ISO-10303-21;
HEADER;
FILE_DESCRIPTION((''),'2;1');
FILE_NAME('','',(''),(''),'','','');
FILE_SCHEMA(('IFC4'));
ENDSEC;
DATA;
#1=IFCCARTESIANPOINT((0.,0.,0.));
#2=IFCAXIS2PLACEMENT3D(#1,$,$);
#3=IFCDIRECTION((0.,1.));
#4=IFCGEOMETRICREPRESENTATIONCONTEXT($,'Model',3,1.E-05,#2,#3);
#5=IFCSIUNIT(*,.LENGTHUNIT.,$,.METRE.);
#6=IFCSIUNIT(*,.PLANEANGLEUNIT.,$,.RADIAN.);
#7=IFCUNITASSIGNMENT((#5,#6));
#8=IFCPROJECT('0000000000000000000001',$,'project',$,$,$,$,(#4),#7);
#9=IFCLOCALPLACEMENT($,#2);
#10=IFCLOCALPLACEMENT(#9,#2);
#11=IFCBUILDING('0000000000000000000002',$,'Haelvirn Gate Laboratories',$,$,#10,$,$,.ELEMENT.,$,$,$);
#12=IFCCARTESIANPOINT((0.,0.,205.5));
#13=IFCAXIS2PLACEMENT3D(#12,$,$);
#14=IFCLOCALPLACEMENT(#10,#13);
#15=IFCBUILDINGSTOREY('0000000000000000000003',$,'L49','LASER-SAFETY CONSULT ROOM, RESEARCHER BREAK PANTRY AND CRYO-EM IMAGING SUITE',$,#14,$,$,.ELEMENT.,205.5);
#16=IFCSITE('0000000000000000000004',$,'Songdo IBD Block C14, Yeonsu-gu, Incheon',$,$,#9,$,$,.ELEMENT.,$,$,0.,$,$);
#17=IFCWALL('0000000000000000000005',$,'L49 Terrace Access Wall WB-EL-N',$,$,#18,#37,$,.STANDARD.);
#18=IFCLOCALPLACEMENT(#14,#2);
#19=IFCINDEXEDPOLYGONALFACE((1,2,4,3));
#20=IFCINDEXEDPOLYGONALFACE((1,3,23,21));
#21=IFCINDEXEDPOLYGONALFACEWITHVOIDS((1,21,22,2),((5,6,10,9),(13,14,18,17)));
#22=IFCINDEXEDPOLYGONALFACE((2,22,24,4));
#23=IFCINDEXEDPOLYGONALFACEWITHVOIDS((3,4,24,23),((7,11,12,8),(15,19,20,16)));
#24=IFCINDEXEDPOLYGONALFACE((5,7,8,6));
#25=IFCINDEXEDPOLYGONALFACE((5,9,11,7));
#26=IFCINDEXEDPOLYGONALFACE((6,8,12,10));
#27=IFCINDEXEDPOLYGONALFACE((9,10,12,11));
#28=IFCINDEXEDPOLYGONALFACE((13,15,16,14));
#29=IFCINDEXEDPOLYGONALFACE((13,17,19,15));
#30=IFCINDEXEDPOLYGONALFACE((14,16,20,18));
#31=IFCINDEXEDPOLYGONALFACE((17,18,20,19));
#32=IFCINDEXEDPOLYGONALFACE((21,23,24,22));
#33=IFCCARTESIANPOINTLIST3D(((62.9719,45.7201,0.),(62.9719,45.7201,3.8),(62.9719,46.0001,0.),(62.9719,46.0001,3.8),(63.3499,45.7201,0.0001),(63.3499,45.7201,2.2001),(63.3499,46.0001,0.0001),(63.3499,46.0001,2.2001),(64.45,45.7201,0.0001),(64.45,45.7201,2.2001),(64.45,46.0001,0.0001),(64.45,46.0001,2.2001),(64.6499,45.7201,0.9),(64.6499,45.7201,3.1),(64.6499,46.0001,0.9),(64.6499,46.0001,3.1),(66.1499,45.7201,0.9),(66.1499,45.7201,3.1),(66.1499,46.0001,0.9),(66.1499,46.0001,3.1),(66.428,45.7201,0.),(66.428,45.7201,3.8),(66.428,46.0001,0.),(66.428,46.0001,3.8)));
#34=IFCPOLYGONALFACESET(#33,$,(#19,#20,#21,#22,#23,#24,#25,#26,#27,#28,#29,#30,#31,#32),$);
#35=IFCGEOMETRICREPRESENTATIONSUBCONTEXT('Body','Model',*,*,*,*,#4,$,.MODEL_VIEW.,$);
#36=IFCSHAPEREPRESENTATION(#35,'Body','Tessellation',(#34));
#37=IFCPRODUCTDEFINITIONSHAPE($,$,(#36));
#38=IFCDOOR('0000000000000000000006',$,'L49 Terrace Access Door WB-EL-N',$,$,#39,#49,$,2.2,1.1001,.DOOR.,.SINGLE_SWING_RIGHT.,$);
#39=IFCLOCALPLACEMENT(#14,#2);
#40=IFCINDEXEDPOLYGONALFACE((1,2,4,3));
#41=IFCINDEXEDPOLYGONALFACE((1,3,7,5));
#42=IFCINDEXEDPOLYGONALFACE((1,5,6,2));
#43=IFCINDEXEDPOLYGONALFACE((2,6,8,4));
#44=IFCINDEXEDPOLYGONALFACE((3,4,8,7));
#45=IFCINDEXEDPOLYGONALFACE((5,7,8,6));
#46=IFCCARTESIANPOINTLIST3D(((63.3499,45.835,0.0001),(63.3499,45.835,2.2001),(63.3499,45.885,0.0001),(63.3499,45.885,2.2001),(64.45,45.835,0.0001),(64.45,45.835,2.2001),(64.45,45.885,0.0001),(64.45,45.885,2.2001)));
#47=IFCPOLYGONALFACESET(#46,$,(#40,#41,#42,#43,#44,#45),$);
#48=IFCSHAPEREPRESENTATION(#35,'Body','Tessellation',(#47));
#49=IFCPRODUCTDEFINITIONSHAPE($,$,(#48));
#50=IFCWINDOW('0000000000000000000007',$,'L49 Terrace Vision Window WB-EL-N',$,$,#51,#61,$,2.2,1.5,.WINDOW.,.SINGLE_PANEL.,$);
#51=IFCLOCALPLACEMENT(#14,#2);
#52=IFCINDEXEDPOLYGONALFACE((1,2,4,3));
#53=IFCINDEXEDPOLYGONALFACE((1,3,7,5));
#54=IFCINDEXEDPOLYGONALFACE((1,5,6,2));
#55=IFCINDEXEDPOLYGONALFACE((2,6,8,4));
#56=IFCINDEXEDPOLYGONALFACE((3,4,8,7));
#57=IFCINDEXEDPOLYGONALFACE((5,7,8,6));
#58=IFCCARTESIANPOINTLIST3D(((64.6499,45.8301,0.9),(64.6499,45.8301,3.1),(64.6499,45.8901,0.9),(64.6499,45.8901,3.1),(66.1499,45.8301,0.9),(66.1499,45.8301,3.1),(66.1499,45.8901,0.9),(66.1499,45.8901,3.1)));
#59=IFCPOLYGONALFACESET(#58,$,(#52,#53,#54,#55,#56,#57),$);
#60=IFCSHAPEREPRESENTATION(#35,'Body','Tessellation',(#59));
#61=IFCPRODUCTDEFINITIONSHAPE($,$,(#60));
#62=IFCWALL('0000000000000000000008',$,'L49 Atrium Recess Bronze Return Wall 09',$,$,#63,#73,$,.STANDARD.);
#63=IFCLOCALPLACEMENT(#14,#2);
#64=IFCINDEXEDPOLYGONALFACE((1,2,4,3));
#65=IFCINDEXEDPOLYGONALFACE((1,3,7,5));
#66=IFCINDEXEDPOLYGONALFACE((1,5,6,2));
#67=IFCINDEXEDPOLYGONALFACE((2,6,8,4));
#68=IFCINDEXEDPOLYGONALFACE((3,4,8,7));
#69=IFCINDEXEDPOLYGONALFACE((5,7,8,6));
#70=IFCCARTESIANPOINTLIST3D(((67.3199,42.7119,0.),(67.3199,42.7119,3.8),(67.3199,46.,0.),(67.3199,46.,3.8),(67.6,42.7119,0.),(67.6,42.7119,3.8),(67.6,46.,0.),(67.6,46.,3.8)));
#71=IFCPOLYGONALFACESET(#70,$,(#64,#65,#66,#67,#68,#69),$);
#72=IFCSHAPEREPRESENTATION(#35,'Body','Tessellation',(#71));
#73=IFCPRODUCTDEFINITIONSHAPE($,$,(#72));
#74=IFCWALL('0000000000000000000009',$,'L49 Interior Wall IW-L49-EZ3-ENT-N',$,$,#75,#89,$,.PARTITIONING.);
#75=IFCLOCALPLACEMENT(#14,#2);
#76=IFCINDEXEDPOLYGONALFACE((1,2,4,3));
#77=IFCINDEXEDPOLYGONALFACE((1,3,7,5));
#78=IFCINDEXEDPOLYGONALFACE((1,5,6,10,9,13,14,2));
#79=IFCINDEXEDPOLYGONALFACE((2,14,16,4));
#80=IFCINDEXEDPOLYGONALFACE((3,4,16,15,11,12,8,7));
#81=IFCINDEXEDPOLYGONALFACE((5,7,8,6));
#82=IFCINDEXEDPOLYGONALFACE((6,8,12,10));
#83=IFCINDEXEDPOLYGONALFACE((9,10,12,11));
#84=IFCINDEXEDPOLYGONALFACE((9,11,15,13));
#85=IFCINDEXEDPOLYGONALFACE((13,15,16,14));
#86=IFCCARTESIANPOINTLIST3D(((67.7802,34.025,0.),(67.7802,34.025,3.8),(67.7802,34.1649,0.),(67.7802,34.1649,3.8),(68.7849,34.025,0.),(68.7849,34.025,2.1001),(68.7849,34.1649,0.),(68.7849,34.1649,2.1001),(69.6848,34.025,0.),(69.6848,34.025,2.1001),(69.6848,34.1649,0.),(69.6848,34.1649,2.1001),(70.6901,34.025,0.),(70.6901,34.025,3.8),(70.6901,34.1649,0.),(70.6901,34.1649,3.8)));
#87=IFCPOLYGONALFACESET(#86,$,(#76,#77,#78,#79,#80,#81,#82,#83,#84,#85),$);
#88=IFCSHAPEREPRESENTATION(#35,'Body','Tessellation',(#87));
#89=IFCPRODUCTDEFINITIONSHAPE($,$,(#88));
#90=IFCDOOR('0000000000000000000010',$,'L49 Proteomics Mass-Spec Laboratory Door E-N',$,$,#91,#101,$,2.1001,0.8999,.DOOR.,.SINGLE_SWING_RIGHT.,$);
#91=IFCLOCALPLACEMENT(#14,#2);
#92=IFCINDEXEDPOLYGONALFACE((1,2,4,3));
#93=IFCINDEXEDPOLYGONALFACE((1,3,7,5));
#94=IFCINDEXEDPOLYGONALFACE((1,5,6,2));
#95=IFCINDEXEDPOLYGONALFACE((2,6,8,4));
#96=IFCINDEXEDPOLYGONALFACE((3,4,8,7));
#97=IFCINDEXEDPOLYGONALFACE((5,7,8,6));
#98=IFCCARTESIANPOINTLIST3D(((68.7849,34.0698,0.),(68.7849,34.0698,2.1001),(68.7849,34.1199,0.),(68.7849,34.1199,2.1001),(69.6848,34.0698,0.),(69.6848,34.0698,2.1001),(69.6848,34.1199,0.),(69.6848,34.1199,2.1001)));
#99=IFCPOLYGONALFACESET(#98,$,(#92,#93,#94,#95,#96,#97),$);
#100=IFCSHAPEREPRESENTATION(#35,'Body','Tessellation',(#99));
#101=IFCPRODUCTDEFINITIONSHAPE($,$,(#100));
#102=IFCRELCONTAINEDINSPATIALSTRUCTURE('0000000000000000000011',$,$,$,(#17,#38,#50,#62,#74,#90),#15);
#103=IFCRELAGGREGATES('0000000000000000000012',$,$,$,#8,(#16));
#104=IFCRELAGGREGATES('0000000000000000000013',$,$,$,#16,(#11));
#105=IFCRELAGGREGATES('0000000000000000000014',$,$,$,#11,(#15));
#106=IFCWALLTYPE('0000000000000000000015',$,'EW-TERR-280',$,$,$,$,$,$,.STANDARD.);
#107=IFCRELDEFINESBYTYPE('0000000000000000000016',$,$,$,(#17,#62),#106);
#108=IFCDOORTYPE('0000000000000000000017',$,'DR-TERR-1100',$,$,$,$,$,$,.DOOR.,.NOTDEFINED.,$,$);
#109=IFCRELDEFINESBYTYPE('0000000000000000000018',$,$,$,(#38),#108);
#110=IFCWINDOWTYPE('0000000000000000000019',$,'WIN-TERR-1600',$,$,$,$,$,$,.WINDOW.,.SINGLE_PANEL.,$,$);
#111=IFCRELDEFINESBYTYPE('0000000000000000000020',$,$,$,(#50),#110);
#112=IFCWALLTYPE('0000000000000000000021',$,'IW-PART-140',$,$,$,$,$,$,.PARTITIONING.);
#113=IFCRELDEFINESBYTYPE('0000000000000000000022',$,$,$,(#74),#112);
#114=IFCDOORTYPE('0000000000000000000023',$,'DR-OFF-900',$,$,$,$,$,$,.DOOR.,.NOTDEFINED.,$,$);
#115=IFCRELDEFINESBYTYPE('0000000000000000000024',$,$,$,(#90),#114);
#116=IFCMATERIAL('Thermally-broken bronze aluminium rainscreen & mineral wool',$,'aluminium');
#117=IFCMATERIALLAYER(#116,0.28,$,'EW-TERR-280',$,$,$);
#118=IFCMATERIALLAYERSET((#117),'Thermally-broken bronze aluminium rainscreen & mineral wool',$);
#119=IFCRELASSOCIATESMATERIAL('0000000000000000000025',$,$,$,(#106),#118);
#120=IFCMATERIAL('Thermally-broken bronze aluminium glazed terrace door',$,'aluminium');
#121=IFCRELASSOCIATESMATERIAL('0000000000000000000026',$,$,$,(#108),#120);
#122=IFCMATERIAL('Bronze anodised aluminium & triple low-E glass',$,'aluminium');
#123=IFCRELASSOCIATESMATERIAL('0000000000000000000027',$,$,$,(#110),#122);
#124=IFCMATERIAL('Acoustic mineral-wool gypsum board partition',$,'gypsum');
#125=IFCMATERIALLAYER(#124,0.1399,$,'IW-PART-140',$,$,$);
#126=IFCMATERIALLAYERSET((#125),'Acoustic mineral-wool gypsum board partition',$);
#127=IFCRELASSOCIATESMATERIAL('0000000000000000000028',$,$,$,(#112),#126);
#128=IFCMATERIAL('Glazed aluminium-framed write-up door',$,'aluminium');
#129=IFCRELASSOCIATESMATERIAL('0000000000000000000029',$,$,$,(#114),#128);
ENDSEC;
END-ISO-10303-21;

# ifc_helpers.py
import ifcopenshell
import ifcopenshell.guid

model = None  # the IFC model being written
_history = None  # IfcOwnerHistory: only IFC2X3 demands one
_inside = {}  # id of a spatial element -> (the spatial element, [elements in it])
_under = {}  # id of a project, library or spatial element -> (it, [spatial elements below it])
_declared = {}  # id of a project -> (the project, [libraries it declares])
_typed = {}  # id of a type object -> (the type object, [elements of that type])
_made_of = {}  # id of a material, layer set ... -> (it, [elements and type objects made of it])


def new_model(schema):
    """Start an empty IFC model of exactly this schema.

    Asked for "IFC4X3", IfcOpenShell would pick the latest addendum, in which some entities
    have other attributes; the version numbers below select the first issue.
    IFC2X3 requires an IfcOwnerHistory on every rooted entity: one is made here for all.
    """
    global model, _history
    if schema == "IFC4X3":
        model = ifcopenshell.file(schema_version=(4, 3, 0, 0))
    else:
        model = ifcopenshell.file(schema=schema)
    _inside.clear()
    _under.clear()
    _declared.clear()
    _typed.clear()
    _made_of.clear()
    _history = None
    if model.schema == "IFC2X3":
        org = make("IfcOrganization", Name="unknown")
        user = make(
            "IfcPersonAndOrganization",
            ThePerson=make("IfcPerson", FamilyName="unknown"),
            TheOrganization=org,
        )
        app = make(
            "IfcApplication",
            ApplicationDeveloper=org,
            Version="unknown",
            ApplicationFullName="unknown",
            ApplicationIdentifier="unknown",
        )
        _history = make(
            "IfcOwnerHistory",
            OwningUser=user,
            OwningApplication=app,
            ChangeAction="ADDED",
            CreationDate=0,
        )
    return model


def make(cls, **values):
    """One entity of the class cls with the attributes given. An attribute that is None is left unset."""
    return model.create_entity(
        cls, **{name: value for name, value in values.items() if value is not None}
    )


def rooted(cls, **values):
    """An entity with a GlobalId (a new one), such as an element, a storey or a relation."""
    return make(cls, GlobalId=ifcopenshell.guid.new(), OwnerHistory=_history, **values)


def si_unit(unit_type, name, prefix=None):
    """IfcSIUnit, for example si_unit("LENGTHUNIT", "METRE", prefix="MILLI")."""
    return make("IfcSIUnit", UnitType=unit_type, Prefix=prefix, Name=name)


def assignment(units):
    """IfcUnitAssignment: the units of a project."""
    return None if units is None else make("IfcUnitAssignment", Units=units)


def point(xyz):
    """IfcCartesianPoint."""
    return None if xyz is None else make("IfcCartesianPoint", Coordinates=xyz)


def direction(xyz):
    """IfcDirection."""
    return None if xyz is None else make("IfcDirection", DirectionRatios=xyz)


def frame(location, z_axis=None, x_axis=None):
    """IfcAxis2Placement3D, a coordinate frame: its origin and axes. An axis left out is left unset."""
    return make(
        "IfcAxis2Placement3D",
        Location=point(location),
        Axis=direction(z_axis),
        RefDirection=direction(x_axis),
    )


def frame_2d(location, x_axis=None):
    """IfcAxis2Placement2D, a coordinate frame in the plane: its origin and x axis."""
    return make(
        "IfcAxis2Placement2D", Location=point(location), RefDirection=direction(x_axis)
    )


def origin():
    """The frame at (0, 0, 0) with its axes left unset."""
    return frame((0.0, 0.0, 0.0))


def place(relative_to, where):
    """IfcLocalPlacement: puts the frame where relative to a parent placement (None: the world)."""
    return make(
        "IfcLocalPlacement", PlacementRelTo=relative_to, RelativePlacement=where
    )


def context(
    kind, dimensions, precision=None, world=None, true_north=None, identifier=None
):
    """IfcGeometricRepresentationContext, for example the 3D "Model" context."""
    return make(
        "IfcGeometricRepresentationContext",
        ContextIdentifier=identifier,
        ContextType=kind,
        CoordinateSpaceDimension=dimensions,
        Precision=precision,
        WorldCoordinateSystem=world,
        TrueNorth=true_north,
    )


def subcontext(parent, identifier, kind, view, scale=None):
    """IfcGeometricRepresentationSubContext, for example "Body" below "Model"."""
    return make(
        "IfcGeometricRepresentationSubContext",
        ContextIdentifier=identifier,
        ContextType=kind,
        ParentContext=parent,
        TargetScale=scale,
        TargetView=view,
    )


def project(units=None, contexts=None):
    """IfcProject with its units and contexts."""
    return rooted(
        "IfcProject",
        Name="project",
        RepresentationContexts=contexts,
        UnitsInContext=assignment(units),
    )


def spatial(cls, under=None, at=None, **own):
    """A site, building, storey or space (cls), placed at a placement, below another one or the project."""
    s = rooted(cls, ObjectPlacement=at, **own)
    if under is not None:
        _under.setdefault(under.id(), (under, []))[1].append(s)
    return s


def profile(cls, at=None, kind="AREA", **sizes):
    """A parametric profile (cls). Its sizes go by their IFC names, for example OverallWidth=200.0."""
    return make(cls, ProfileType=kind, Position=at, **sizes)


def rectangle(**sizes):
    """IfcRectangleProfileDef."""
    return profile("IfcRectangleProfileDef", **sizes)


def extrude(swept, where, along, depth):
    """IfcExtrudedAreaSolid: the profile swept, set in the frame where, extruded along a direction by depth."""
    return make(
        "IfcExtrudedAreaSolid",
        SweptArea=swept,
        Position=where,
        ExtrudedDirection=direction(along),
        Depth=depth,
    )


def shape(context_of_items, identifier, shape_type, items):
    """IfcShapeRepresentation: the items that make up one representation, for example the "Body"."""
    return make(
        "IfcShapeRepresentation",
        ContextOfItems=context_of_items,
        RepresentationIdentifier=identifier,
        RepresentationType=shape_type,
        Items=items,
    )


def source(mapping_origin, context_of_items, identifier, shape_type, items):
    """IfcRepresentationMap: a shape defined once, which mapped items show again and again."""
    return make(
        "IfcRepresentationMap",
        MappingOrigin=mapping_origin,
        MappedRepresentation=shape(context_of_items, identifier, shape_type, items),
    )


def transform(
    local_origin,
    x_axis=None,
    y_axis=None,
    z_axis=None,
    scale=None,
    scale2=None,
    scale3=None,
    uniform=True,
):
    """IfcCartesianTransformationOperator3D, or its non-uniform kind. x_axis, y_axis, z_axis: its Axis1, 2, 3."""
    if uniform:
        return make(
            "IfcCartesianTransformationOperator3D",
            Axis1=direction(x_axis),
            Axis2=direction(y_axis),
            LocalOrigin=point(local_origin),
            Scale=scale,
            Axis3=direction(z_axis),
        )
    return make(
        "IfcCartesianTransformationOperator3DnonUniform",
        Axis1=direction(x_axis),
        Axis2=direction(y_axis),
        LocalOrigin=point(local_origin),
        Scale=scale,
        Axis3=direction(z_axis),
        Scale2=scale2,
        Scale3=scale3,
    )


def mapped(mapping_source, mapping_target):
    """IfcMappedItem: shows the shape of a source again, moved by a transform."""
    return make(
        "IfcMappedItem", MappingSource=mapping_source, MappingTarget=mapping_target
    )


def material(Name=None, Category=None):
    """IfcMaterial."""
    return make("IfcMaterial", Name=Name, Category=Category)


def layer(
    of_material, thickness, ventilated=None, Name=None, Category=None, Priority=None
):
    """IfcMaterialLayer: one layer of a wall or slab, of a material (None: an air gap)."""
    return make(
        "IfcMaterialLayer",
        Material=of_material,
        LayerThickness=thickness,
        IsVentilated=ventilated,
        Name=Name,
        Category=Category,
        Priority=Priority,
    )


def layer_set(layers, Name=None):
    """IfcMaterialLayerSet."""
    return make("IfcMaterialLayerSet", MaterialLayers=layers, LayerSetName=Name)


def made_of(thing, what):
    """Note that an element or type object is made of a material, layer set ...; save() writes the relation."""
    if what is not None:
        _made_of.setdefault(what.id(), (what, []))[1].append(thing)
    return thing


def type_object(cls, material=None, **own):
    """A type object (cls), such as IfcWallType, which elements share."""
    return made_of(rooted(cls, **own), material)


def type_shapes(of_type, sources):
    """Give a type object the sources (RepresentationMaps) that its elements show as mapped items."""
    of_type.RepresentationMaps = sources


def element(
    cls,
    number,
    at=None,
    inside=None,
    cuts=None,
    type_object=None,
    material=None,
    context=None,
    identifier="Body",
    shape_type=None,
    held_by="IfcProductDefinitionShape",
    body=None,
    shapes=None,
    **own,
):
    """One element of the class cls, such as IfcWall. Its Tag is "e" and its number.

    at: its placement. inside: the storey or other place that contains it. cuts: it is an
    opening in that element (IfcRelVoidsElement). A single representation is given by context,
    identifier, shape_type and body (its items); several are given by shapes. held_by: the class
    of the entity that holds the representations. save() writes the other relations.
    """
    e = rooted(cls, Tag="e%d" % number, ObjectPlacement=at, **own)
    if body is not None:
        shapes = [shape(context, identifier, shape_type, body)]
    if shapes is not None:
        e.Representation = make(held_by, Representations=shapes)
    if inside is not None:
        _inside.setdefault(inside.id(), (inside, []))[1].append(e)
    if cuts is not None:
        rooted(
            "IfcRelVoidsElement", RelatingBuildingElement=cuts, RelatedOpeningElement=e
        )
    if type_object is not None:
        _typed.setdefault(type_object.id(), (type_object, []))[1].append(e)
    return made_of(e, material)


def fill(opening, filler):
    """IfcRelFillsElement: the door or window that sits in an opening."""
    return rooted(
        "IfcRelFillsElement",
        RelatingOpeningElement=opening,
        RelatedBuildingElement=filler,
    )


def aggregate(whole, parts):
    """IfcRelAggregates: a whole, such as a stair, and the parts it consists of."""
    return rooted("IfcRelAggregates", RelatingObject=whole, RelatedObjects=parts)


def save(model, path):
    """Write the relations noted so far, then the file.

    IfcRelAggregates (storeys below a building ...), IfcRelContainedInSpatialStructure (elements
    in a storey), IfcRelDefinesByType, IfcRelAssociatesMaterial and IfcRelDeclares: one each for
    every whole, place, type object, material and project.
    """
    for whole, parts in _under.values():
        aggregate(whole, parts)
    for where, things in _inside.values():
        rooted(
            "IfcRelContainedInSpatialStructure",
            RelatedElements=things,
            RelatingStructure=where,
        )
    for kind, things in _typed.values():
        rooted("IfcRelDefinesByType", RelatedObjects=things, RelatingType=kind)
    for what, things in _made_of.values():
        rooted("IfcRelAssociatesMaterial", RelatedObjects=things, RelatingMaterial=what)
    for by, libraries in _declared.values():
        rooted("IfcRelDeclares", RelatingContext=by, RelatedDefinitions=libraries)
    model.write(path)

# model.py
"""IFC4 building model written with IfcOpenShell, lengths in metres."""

from ifc_helpers import new_model, si_unit, direction, frame, frame_2d, origin, place, context, subcontext, project, spatial, rectangle, extrude, source, transform, mapped, material, layer, layer_set, type_object, type_shapes, element, fill, save


model = new_model("IFC4")

# Units and contexts
model_context = context("Model", 3, precision=1e-05, world=origin(), true_north=direction((0.0, 1.0)))
body_context = subcontext(model_context, "Body", "Model", "MODEL_VIEW")
ifc_project = project(units=[si_unit("LENGTHUNIT", "METRE"), si_unit("PLANEANGLEUNIT", "RADIAN")], contexts=[model_context])

# Site, building, storey
site_placement = place(None, origin())
site = spatial("IfcSite", under=ifc_project, at=site_placement, Name="Songdo IBD Block C14, Yeonsu-gu, Incheon", CompositionType="ELEMENT", RefElevation=0.0)
building_placement = place(site_placement, origin())
building = spatial("IfcBuilding", under=site, at=building_placement, Name="Haelvirn Gate Laboratories", CompositionType="ELEMENT")
storey_placement = place(building_placement, frame((0.0, 0.0, 205.5)))
storey = spatial("IfcBuildingStorey", under=building, at=storey_placement, Name="L49", Description="LASER-SAFETY CONSULT ROOM, RESEARCHER BREAK PANTRY AND CRYO-EM IMAGING SUITE", CompositionType="ELEMENT", Elevation=205.5)

# Wall, openings, door, window
ifc_material_1 = material(Name="Thermally-broken bronze aluminium rainscreen & mineral wool", Category="aluminium")
ifc_layer_1 = layer(ifc_material_1, 0.28, Name="EW-TERR-280")
ifc_layer_set_1 = layer_set([ifc_layer_1], Name="Thermally-broken bronze aluminium rainscreen & mineral wool")
wall_type_1 = type_object("IfcWallType", Name="EW-TERR-280", PredefinedType="STANDARD", material=ifc_layer_set_1)
wall_1_placement = place(storey_placement, frame((62.9719, 45.8601, 0.0), z_axis=(0.0, 0.0, 1.0), x_axis=(1.0, 0.0, 0.0)))
wall_1 = element("IfcWall", 1, at=wall_1_placement, inside=storey, type_object=wall_type_1, Name="L49 Terrace Access Wall WB-EL-N", PredefinedType="STANDARD", context=body_context, shape_type="SweptSolid", body=[
    extrude(rectangle(XDim=3.4561, YDim=0.28, at=frame_2d((1.728, 0.0))), origin(), (0.0, 0.0, 1.0), 3.8),
])
opening_1_placement = place(wall_1_placement, frame((0.3779, 0.0, 0.0)))
opening_1 = element("IfcOpeningElement", 2, at=opening_1_placement, cuts=wall_1, PredefinedType="OPENING", context=body_context, shape_type="SweptSolid", body=[
    extrude(rectangle(XDim=1.1001, YDim=2.2, at=frame_2d((0.55, 1.1001))), frame((0.0, 0.1499, 0.0), z_axis=(0.0, -1.0, 0.0), x_axis=(1.0, 0.0, 0.0)), (0.0, 0.0, 1.0), 0.3),
])
opening_2_placement = place(wall_1_placement, frame((1.678, 0.0, 0.8999)))
opening_2 = element("IfcOpeningElement", 3, at=opening_2_placement, cuts=wall_1, PredefinedType="OPENING", context=body_context, shape_type="SweptSolid", body=[
    extrude(rectangle(XDim=1.5, YDim=2.2, at=frame_2d((0.75, 1.1001))), frame((0.0, 0.1499, 0.0), z_axis=(0.0, -1.0, 0.0), x_axis=(1.0, 0.0, 0.0)), (0.0, 0.0, 1.0), 0.3),
])
ifc_material_2 = material(Name="Thermally-broken bronze aluminium glazed terrace door", Category="aluminium")
door_type_1 = type_object("IfcDoorType", Name="DR-TERR-1100", OperationType="NOTDEFINED", PredefinedType="DOOR", material=ifc_material_2)
shared_shape_1 = source(origin(), body_context, "Body", "SweptSolid", [
    extrude(rectangle(XDim=1.1001, YDim=2.2, at=frame_2d((0.55, 1.1001))), frame((0.0, 0.0249, 0.0), z_axis=(0.0, -1.0, 0.0), x_axis=(1.0, 0.0, 0.0)), (0.0, 0.0, 1.0), 0.05),
])
type_shapes(door_type_1, [shared_shape_1])
door_1_placement = place(opening_1_placement, origin())
door_1 = element("IfcDoor", 4, at=door_1_placement, inside=storey, type_object=door_type_1, Name="L49 Terrace Access Door WB-EL-N", OperationType="SINGLE_SWING_RIGHT", OverallHeight=2.2, OverallWidth=1.1001, PredefinedType="DOOR", context=body_context, shape_type="MappedRepresentation", body=[
    mapped(shared_shape_1, transform((0.0, 0.0, 0.0), scale=1.0)),
])
fill(opening_1, door_1)
ifc_material_3 = material(Name="Bronze anodised aluminium & triple low-E glass", Category="aluminium")
window_type = type_object("IfcWindowType", Name="WIN-TERR-1600", PartitioningType="SINGLE_PANEL", PredefinedType="WINDOW", material=ifc_material_3)
shared_shape_2 = source(origin(), body_context, "Body", "SweptSolid", [
    extrude(rectangle(XDim=1.5, YDim=2.2, at=frame_2d((0.75, 1.1001))), frame((0.0, 0.03, 0.0), z_axis=(0.0, -1.0, 0.0), x_axis=(1.0, 0.0, 0.0)), (0.0, 0.0, 1.0), 0.0601),
])
type_shapes(window_type, [shared_shape_2])
window_placement = place(opening_2_placement, origin())
window = element("IfcWindow", 5, at=window_placement, inside=storey, type_object=window_type, Name="L49 Terrace Vision Window WB-EL-N", OverallHeight=2.2, OverallWidth=1.5, PartitioningType="SINGLE_PANEL", PredefinedType="WINDOW", context=body_context, shape_type="MappedRepresentation", body=[
    mapped(shared_shape_2, transform((0.0, 0.0, 0.0), scale=1.0)),
])
fill(opening_2, window)

# Wall
wall_2_placement = place(storey_placement, frame((67.46, 42.7119, 0.0), z_axis=(0.0, 0.0, 1.0), x_axis=(0.0, 1.0, 0.0)))
element("IfcWall", 6, at=wall_2_placement, inside=storey, type_object=wall_type_1, Name="L49 Atrium Recess Bronze Return Wall 09", PredefinedType="STANDARD", context=body_context, shape_type="SweptSolid", body=[
    extrude(rectangle(XDim=3.2881, YDim=0.28, at=frame_2d((1.644, 0.0))), origin(), (0.0, 0.0, 1.0), 3.8),
])

# Wall, opening, door
ifc_material_4 = material(Name="Acoustic mineral-wool gypsum board partition", Category="gypsum")
ifc_layer_2 = layer(ifc_material_4, 0.1399, Name="IW-PART-140")
ifc_layer_set_2 = layer_set([ifc_layer_2], Name="Acoustic mineral-wool gypsum board partition")
wall_type_2 = type_object("IfcWallType", Name="IW-PART-140", PredefinedType="PARTITIONING", material=ifc_layer_set_2)
wall_3_placement = place(storey_placement, frame((67.78, 34.095, 0.0), z_axis=(0.0, 0.0, 1.0), x_axis=(1.0, 0.0, 0.0)))
wall_3 = element("IfcWall", 7, at=wall_3_placement, inside=storey, type_object=wall_type_2, Name="L49 Interior Wall IW-L49-EZ3-ENT-N", PredefinedType="PARTITIONING", context=body_context, shape_type="SweptSolid", body=[
    extrude(rectangle(XDim=2.9099, YDim=0.1399, at=frame_2d((1.4551, 0.0))), origin(), (0.0, 0.0, 1.0), 3.8),
])
opening_3_placement = place(wall_3_placement, frame((1.0049, 0.0, 0.0)))
opening_3 = element("IfcOpeningElement", 8, at=opening_3_placement, cuts=wall_3, PredefinedType="OPENING", context=body_context, shape_type="SweptSolid", body=[
    extrude(rectangle(XDim=0.8999, YDim=2.1001, at=frame_2d((0.45, 1.05))), frame((0.0, 0.0801, 0.0), z_axis=(0.0, -1.0, 0.0), x_axis=(1.0, 0.0, 0.0)), (0.0, 0.0, 1.0), 0.1599),
])
ifc_material_5 = material(Name="Glazed aluminium-framed write-up door", Category="aluminium")
door_type_2 = type_object("IfcDoorType", Name="DR-OFF-900", OperationType="NOTDEFINED", PredefinedType="DOOR", material=ifc_material_5)
shared_shape_3 = source(origin(), body_context, "Body", "SweptSolid", [
    extrude(rectangle(XDim=0.8999, YDim=2.1001, at=frame_2d((0.45, 1.05))), frame((0.0, 0.0249, 0.0), z_axis=(0.0, -1.0, 0.0), x_axis=(1.0, 0.0, 0.0)), (0.0, 0.0, 1.0), 0.05),
])
type_shapes(door_type_2, [shared_shape_3])
door_2_placement = place(opening_3_placement, origin())
door_2 = element("IfcDoor", 9, at=door_2_placement, inside=storey, type_object=door_type_2, Name="L49 Proteomics Mass-Spec Laboratory Door E-N", OperationType="SINGLE_SWING_RIGHT", OverallHeight=2.1001, OverallWidth=0.8999, PredefinedType="DOOR", context=body_context, shape_type="MappedRepresentation", body=[
    mapped(shared_shape_3, transform((0.0, 0.0, 0.0), scale=1.0)),
])
fill(opening_3, door_2)

save(model, "model.ifc")
